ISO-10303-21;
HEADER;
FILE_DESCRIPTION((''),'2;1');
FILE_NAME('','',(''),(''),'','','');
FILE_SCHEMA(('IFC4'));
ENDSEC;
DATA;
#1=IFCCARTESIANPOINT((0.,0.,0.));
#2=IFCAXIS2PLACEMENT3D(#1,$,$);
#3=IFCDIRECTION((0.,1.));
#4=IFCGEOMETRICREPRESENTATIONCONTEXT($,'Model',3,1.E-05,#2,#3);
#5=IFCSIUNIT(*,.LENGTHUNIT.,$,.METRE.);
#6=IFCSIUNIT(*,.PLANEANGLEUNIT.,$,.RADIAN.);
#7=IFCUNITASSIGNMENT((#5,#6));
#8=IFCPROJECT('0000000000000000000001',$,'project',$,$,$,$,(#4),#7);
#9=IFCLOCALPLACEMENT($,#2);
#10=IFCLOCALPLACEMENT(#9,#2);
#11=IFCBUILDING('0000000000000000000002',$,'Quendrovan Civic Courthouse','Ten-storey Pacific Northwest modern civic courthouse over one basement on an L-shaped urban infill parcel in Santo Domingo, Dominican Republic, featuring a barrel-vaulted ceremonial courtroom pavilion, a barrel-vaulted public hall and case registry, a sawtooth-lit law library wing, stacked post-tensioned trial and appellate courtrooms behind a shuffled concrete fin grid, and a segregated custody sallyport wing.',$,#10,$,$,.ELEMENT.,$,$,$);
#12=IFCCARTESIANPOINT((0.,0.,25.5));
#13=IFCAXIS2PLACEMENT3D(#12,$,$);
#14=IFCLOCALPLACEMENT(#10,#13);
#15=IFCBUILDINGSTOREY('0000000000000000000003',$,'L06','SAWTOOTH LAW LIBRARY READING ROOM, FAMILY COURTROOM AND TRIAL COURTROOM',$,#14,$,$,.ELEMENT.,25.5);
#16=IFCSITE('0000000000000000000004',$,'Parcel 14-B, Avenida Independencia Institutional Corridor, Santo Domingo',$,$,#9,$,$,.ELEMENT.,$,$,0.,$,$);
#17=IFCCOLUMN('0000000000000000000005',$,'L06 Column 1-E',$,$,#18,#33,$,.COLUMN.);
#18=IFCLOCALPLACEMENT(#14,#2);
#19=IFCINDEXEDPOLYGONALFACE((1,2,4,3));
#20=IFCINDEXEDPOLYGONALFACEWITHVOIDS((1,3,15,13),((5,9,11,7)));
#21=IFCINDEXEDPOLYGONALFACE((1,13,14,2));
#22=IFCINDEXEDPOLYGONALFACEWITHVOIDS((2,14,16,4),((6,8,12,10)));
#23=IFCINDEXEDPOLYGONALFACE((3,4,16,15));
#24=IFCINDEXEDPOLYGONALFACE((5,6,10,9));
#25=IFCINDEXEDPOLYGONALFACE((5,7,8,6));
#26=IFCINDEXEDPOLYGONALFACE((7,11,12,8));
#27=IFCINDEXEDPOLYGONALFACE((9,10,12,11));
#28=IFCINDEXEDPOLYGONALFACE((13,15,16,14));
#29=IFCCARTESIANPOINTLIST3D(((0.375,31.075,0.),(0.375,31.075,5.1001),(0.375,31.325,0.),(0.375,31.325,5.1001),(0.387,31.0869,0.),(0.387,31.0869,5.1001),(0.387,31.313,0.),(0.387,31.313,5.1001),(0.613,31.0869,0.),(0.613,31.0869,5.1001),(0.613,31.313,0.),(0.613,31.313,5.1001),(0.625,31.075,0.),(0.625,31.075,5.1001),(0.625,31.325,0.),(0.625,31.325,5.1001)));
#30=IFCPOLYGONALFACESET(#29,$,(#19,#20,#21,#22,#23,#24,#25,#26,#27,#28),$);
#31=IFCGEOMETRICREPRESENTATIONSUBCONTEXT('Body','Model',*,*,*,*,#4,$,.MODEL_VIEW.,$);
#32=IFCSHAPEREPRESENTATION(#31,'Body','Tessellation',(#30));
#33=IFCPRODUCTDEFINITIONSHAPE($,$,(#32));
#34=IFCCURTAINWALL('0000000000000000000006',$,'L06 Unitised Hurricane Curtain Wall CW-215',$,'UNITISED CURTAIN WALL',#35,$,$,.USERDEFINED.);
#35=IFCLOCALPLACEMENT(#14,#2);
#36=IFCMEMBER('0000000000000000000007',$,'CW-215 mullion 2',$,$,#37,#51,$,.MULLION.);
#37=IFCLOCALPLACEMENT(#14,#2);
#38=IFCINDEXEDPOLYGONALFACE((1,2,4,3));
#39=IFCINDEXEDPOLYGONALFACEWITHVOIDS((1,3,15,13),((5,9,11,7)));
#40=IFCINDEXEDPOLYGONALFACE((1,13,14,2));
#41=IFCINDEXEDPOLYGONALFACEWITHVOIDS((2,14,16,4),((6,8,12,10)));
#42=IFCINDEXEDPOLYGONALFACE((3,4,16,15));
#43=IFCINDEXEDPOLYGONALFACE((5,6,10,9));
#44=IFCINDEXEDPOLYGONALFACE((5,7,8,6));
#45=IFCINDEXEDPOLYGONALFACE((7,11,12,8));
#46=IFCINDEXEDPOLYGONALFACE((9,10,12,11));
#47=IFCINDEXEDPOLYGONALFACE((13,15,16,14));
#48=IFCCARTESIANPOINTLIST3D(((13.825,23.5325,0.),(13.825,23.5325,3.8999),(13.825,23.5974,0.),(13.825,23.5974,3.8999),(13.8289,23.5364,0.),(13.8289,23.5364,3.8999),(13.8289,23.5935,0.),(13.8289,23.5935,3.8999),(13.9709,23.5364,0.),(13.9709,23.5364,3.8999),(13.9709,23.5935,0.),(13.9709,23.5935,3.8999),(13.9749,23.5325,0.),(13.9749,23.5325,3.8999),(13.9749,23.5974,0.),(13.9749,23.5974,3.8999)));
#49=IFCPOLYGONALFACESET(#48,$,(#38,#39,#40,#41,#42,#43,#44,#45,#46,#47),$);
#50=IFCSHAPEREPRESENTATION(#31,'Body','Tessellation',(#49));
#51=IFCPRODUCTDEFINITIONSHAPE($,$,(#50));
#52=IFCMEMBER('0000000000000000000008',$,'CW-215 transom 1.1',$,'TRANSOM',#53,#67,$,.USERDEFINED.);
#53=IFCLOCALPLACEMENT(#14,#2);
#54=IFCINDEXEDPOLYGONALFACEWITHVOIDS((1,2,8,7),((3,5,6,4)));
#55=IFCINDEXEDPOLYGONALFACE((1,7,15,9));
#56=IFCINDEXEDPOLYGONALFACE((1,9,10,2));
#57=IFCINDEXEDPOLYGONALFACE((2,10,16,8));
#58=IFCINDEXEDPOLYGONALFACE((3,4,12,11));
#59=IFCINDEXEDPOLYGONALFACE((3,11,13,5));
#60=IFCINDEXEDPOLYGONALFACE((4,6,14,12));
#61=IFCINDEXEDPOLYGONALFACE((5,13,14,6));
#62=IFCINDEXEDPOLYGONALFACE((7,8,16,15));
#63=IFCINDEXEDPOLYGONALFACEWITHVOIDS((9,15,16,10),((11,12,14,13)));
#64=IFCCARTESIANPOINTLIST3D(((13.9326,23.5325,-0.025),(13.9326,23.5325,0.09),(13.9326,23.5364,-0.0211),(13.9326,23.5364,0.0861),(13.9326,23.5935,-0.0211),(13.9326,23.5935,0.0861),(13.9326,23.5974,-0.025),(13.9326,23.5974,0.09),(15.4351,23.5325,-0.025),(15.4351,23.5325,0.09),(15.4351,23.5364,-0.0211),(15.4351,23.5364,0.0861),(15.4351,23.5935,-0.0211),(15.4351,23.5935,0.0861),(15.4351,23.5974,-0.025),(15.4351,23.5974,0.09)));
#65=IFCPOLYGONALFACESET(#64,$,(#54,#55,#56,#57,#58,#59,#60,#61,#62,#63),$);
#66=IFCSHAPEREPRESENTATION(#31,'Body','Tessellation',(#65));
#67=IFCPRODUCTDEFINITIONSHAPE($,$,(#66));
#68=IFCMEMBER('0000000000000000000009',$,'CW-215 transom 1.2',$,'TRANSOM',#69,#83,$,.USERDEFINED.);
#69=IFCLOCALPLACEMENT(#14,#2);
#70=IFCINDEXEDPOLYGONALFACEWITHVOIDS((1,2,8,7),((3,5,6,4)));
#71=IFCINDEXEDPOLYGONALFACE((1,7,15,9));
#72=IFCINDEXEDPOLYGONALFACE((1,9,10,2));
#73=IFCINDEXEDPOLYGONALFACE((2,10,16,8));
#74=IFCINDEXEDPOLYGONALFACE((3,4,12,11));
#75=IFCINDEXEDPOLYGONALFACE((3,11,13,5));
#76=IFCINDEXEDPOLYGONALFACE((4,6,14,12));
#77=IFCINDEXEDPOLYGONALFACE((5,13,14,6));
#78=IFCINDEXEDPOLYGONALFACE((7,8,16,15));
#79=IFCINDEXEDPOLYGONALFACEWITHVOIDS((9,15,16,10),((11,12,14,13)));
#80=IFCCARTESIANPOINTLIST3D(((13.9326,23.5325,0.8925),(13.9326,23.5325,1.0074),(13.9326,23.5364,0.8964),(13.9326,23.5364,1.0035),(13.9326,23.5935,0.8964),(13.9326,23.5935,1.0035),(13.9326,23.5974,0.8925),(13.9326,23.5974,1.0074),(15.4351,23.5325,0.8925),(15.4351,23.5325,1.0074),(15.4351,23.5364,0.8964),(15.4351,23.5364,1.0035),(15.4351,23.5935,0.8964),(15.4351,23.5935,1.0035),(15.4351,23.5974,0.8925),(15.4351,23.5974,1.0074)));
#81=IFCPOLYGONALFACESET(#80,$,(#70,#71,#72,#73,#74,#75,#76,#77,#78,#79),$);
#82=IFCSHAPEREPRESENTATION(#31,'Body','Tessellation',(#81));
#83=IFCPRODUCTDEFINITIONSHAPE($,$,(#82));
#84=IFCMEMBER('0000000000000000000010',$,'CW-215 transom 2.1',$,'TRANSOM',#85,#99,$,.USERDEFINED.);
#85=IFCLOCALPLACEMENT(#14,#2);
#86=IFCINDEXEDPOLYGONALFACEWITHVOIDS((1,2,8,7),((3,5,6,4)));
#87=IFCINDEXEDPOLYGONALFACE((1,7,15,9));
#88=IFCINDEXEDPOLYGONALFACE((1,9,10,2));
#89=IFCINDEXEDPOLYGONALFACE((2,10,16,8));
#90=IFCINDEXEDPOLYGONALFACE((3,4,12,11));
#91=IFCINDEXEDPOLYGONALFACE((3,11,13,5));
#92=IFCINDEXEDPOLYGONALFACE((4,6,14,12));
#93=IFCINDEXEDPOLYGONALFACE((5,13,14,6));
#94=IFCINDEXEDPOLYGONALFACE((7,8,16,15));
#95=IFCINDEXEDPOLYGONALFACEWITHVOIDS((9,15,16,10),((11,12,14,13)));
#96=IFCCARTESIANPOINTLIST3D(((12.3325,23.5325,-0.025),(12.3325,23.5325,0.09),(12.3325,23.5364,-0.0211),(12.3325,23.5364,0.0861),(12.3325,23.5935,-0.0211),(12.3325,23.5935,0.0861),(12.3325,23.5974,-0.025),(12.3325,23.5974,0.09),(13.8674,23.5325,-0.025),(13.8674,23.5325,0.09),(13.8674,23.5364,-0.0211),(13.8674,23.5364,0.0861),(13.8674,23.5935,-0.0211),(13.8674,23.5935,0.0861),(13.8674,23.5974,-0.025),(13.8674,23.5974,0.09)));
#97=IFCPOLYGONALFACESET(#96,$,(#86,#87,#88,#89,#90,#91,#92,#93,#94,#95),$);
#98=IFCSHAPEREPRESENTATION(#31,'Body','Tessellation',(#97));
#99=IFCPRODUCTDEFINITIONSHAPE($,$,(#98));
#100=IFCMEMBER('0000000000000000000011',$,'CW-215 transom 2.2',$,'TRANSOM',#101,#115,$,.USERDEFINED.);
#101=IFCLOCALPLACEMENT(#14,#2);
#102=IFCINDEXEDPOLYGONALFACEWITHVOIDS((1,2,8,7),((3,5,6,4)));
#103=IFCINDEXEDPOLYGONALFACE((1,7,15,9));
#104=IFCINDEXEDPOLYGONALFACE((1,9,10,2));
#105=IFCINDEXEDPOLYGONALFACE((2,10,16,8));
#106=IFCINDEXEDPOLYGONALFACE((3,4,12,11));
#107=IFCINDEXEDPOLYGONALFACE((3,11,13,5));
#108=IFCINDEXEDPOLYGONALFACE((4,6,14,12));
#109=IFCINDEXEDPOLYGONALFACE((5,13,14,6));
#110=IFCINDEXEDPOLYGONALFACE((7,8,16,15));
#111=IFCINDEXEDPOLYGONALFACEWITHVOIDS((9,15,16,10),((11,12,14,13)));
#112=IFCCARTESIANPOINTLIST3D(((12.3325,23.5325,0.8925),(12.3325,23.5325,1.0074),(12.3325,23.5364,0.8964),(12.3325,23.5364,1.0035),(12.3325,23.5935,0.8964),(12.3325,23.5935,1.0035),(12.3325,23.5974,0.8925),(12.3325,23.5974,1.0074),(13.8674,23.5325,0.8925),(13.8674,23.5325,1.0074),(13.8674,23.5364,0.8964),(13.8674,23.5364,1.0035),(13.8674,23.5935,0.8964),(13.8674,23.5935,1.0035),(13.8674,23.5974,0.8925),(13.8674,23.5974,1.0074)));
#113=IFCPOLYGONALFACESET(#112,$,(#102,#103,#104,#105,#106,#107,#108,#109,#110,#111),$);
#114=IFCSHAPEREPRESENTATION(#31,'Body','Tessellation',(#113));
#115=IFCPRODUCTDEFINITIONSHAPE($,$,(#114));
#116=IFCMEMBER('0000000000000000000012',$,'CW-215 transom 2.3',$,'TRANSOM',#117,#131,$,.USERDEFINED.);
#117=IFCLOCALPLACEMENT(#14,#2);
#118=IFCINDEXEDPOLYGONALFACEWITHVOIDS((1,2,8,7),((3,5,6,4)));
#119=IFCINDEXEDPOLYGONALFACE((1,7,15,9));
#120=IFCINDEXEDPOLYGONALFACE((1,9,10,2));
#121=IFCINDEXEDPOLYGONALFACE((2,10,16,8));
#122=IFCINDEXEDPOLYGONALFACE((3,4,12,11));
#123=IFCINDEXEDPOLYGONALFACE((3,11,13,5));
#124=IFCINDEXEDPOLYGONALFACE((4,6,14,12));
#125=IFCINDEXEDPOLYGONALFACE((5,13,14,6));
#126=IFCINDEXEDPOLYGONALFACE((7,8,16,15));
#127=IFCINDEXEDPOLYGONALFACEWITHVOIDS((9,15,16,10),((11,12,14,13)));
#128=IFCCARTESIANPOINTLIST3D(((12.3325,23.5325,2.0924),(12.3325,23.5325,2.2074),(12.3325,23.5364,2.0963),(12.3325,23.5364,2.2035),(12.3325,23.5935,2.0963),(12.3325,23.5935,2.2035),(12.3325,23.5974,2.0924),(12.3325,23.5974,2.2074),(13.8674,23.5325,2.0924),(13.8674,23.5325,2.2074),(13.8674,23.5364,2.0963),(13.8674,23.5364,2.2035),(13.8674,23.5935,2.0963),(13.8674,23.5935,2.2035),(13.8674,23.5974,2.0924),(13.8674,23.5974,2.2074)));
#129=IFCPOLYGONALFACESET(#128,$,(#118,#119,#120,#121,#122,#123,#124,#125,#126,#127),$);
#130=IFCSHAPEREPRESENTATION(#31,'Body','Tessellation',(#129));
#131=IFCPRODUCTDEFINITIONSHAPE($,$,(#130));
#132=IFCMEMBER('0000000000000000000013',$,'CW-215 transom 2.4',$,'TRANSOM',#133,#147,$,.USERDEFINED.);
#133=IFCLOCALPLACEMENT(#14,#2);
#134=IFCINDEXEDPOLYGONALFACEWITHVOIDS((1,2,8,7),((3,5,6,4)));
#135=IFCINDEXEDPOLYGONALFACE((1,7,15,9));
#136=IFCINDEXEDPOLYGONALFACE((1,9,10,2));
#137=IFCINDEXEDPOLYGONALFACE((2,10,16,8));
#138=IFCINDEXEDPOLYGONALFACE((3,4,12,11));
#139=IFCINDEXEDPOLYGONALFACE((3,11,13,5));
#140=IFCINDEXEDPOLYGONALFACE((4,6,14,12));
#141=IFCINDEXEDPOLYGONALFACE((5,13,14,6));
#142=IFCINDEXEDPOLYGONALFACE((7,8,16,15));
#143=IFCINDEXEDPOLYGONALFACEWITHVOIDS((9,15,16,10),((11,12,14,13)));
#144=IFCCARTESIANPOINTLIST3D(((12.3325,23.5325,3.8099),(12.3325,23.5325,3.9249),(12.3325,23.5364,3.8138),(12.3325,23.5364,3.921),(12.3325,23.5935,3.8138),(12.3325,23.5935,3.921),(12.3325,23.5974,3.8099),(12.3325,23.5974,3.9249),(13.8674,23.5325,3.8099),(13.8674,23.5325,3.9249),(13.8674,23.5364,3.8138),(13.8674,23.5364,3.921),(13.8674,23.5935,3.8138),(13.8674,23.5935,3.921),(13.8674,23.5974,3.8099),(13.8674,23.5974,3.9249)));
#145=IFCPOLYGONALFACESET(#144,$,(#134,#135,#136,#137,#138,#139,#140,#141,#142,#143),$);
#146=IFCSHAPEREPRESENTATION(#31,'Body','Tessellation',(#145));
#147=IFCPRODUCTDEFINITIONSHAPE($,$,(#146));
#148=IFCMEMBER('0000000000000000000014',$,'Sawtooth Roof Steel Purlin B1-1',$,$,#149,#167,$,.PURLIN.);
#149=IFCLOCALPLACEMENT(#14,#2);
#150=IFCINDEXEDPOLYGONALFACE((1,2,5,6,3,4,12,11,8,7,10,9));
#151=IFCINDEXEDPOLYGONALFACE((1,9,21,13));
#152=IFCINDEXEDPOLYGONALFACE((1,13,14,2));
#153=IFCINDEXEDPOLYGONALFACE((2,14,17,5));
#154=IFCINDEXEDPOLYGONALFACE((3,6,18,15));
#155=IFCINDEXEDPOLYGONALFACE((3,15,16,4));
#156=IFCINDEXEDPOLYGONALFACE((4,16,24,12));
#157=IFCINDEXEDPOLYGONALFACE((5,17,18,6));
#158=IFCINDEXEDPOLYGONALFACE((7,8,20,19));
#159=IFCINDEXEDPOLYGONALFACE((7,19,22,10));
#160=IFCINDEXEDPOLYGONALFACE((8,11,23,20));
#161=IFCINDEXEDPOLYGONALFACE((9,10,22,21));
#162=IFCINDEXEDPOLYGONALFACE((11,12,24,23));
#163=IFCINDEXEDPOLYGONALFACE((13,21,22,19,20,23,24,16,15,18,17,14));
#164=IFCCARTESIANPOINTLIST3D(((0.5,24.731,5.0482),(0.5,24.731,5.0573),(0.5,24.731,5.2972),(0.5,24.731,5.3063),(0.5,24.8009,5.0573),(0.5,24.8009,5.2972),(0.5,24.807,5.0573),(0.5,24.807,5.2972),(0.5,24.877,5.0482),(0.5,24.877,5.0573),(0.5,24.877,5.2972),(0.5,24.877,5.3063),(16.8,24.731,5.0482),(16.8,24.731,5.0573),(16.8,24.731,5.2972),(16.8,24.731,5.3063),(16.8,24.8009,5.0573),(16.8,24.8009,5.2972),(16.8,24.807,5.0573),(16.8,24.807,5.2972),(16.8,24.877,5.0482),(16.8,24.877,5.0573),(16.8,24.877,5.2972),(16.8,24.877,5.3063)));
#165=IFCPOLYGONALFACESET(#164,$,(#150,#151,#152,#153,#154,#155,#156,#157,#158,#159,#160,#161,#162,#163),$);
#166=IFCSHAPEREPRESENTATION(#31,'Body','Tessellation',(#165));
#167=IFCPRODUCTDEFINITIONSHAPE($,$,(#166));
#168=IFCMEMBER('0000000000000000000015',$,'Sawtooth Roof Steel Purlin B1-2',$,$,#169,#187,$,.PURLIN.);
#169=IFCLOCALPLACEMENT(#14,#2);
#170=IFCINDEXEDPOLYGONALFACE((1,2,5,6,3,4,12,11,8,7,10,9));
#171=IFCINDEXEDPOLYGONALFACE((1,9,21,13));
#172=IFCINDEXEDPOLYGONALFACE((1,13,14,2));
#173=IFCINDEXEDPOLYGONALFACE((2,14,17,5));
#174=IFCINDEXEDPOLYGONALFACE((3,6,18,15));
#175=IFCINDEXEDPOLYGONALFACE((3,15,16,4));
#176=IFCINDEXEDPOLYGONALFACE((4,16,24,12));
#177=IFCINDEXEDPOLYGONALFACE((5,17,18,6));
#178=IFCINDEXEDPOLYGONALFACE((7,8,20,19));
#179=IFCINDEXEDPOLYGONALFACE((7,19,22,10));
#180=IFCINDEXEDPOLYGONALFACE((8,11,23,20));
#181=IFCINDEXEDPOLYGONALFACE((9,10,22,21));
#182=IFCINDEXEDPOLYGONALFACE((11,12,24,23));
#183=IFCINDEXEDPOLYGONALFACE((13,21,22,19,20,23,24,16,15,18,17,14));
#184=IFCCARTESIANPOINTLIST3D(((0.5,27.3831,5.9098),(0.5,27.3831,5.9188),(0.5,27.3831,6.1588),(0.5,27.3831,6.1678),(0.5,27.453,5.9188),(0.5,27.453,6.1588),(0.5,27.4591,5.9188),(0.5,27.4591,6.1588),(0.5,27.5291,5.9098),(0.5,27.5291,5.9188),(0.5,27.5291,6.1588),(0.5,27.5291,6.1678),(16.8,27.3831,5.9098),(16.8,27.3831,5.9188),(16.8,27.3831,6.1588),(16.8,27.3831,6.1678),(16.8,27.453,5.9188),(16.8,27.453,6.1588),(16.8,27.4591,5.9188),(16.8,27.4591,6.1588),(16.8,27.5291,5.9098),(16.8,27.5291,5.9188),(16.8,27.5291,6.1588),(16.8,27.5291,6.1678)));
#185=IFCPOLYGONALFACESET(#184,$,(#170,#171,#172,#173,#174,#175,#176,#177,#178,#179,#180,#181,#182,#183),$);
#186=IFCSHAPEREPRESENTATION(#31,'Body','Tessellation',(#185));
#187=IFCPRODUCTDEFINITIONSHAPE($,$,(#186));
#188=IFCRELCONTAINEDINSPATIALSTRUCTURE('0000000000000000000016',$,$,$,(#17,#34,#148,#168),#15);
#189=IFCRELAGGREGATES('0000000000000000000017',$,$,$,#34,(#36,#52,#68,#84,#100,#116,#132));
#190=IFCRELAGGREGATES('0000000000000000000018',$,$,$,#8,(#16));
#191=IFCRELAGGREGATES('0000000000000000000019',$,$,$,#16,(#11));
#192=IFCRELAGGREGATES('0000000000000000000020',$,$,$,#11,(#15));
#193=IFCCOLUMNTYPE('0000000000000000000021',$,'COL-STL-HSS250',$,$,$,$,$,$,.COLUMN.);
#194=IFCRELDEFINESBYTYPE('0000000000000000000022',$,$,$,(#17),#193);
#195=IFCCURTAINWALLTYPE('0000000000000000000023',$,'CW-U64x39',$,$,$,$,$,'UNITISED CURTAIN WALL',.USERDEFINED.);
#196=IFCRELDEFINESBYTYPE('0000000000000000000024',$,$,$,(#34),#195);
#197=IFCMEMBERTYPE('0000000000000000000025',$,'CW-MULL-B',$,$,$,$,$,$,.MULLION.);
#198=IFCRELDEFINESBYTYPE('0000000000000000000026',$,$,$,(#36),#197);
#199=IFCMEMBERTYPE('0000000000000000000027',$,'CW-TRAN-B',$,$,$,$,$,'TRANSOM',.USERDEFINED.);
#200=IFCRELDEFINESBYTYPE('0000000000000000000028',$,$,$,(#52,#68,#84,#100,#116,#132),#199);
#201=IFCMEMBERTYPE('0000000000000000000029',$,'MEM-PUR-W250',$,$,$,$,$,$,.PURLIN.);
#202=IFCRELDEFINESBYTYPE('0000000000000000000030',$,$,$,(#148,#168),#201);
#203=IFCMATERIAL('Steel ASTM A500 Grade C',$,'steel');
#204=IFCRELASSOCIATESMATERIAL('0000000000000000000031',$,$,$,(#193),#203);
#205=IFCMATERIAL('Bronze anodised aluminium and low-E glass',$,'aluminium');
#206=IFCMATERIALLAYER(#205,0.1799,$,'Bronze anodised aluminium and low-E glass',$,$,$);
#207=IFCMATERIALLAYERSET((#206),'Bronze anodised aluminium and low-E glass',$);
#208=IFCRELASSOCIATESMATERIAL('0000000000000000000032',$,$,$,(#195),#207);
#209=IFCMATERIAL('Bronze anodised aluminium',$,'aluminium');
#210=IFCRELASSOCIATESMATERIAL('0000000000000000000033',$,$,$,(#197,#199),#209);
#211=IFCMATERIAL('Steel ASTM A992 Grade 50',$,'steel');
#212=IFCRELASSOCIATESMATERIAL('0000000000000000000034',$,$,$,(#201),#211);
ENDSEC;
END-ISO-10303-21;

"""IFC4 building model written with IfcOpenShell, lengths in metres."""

from ifc_helpers import new_model, si_unit, direction, frame, origin, origin_2d, place, context, subcontext, project, spatial, hollow_rectangle, i_section, extrude, material, layer, layer_set, material_profile, profile_set, type_object, element, aggregate, save


model = new_model("IFC4")

# Units and contexts
model_context = context("Model", 3, precision=1e-05, world=origin(), true_north=direction((0.0, 1.0)))
body_context = subcontext(model_context, "Body", "Model", "MODEL_VIEW")
ifc_project = project(units=[si_unit("LENGTHUNIT", "METRE"), si_unit("PLANEANGLEUNIT", "RADIAN")], contexts=[model_context])

# Site, building, storey
site_placement = place(None, origin())
site = spatial("IfcSite", under=ifc_project, at=site_placement, Name="Parcel 14-B, Avenida Independencia Institutional Corridor, Santo Domingo", CompositionType="ELEMENT", RefElevation=0.0)
building_placement = place(site_placement, origin())
building = spatial("IfcBuilding", under=site, at=building_placement, Name="Quendrovan Civic Courthouse", Description="Ten-storey Pacific Northwest modern civic courthouse over one basement on an L-shaped urban infill parcel in Santo Domingo, Dominican Republic, featuring a barrel-vaulted ceremonial courtroom pavilion, a barrel-vaulted public hall and case registry, a sawtooth-lit law library wing, stacked post-tensioned trial and appellate courtrooms behind a shuffled concrete fin grid, and a segregated custody sallyport wing.", CompositionType="ELEMENT")
storey_placement = place(building_placement, frame((0.0, 0.0, 25.5)))
storey = spatial("IfcBuildingStorey", under=building, at=storey_placement, Name="L06", Description="SAWTOOTH LAW LIBRARY READING ROOM, FAMILY COURTROOM AND TRIAL COURTROOM", CompositionType="ELEMENT", Elevation=25.5)

# Column
ifc_material_1 = material(Name="Steel ASTM A500 Grade C", Category="steel")
ifc_material_profile_1 = material_profile(ifc_material_1, hollow_rectangle(XDim=0.25, YDim=0.25, WallThickness=0.012, at=origin_2d()), Name="HSS250x250x12")
ifc_profile_set_1 = profile_set([ifc_material_profile_1], Name="Steel ASTM A500 Grade C")
column_type = type_object("IfcColumnType", Name="COL-STL-HSS250", PredefinedType="COLUMN", material=ifc_profile_set_1)
column_placement = place(storey_placement, frame((0.5, 31.2, 0.0), z_axis=(0.0, 0.0, 1.0), x_axis=(1.0, 0.0, 0.0)))
element("IfcColumn", 1, at=column_placement, inside=storey, type_object=column_type, Name="L06 Column 1-E", PredefinedType="COLUMN", context=body_context, shape_type="SweptSolid", body=[
    extrude(hollow_rectangle(XDim=0.25, YDim=0.25, WallThickness=0.012, at=origin_2d()), origin(), (0.0, 0.0, 1.0), 5.1001),
])

# Curtain wall, members
ifc_material_2 = material(Name="Bronze anodised aluminium and low-E glass", Category="aluminium")
ifc_layer_1 = layer(ifc_material_2, 0.1799, Name="Bronze anodised aluminium and low-E glass")
ifc_layer_set_1 = layer_set([ifc_layer_1], Name="Bronze anodised aluminium and low-E glass")
curtain_wall_type = type_object("IfcCurtainWallType", Name="CW-U64x39", ElementType="UNITISED CURTAIN WALL", PredefinedType="USERDEFINED", material=ifc_layer_set_1)
curtain_wall_placement = place(storey_placement, origin())
curtain_wall = element("IfcCurtainWall", 2, at=curtain_wall_placement, inside=storey, type_object=curtain_wall_type, Name="L06 Unitised Hurricane Curtain Wall CW-215", ObjectType="UNITISED CURTAIN WALL", PredefinedType="USERDEFINED")
ifc_material_3 = material(Name="Bronze anodised aluminium", Category="aluminium")
ifc_material_profile_2 = material_profile(ifc_material_3, hollow_rectangle(XDim=0.0649, YDim=0.1499, WallThickness=0.0039, at=origin_2d()), Name="CW-MULL-65x150")
ifc_profile_set_2 = profile_set([ifc_material_profile_2], Name="Bronze anodised aluminium")
member_type_1 = type_object("IfcMemberType", Name="CW-MULL-B", PredefinedType="MULLION", material=ifc_profile_set_2)
member_1_placement = place(storey_placement, frame((13.8999, 23.5649, 0.0), z_axis=(0.0, 0.0, 1.0), x_axis=(0.0, -1.0, 0.0)))
member_1 = element("IfcMember", 3, at=member_1_placement, type_object=member_type_1, Name="CW-215 mullion 2", PredefinedType="MULLION", context=body_context, shape_type="SweptSolid", body=[
    extrude(hollow_rectangle(XDim=0.0649, YDim=0.1499, WallThickness=0.0039, at=origin_2d()), origin(), (0.0, 0.0, 1.0), 3.8999),
])
ifc_material_profile_3 = material_profile(ifc_material_3, hollow_rectangle(XDim=0.0649, YDim=0.115, WallThickness=0.0039, at=origin_2d()), Name="CW-TRAN-65x115")
ifc_profile_set_3 = profile_set([ifc_material_profile_3], Name="Bronze anodised aluminium")
member_type_2 = type_object("IfcMemberType", Name="CW-TRAN-B", ElementType="TRANSOM", PredefinedType="USERDEFINED", material=ifc_profile_set_3)
member_2_placement = place(storey_placement, frame((15.4351, 23.5649, 0.0325), z_axis=(-1.0, 0.0, 0.0), x_axis=(0.0, -1.0, 0.0)))
member_2 = element("IfcMember", 4, at=member_2_placement, type_object=member_type_2, Name="CW-215 transom 1.1", ObjectType="TRANSOM", PredefinedType="USERDEFINED", context=body_context, shape_type="SweptSolid", body=[
    extrude(hollow_rectangle(XDim=0.0649, YDim=0.115, WallThickness=0.0039, at=origin_2d()), origin(), (0.0, 0.0, 1.0), 1.5024),
])
member_3_placement = place(storey_placement, frame((15.4351, 23.5649, 0.95), z_axis=(-1.0, 0.0, 0.0), x_axis=(0.0, -1.0, 0.0)))
member_3 = element("IfcMember", 5, at=member_3_placement, type_object=member_type_2, Name="CW-215 transom 1.2", ObjectType="TRANSOM", PredefinedType="USERDEFINED", context=body_context, shape_type="SweptSolid", body=[
    extrude(hollow_rectangle(XDim=0.0649, YDim=0.115, WallThickness=0.0039, at=origin_2d()), origin(), (0.0, 0.0, 1.0), 1.5024),
])
member_4_placement = place(storey_placement, frame((13.8674, 23.5649, 0.0325), z_axis=(-1.0, 0.0, 0.0), x_axis=(0.0, -1.0, 0.0)))
member_4 = element("IfcMember", 6, at=member_4_placement, type_object=member_type_2, Name="CW-215 transom 2.1", ObjectType="TRANSOM", PredefinedType="USERDEFINED", context=body_context, shape_type="SweptSolid", body=[
    extrude(hollow_rectangle(XDim=0.0649, YDim=0.115, WallThickness=0.0039, at=origin_2d()), origin(), (0.0, 0.0, 1.0), 1.5349),
])
member_5_placement = place(storey_placement, frame((13.8674, 23.5649, 0.95), z_axis=(-1.0, 0.0, 0.0), x_axis=(0.0, -1.0, 0.0)))
member_5 = element("IfcMember", 7, at=member_5_placement, type_object=member_type_2, Name="CW-215 transom 2.2", ObjectType="TRANSOM", PredefinedType="USERDEFINED", context=body_context, shape_type="SweptSolid", body=[
    extrude(hollow_rectangle(XDim=0.0649, YDim=0.115, WallThickness=0.0039, at=origin_2d()), origin(), (0.0, 0.0, 1.0), 1.5349),
])
member_6_placement = place(storey_placement, frame((13.8674, 23.5649, 2.1499), z_axis=(-1.0, 0.0, 0.0), x_axis=(0.0, -1.0, 0.0)))
member_6 = element("IfcMember", 8, at=member_6_placement, type_object=member_type_2, Name="CW-215 transom 2.3", ObjectType="TRANSOM", PredefinedType="USERDEFINED", context=body_context, shape_type="SweptSolid", body=[
    extrude(hollow_rectangle(XDim=0.0649, YDim=0.115, WallThickness=0.0039, at=origin_2d()), origin(), (0.0, 0.0, 1.0), 1.5349),
])
member_7_placement = place(storey_placement, frame((13.8674, 23.5649, 3.8674), z_axis=(-1.0, 0.0, 0.0), x_axis=(0.0, -1.0, 0.0)))
member_7 = element("IfcMember", 9, at=member_7_placement, type_object=member_type_2, Name="CW-215 transom 2.4", ObjectType="TRANSOM", PredefinedType="USERDEFINED", context=body_context, shape_type="SweptSolid", body=[
    extrude(hollow_rectangle(XDim=0.0649, YDim=0.115, WallThickness=0.0039, at=origin_2d()), origin(), (0.0, 0.0, 1.0), 1.5349),
])

# Members
ifc_material_4 = material(Name="Steel ASTM A992 Grade 50", Category="steel")
ifc_material_profile_4 = material_profile(ifc_material_4, i_section(OverallWidth=0.146, OverallDepth=0.2581, WebThickness=0.0061, FlangeThickness=0.009, at=origin_2d()), Name="W250x33")
ifc_profile_set_4 = profile_set([ifc_material_profile_4], Name="Steel ASTM A992 Grade 50")
member_type_3 = type_object("IfcMemberType", Name="MEM-PUR-W250", PredefinedType="PURLIN", material=ifc_profile_set_4)
for number, where, z_axis, x_axis, name in (
    (10, (0.5, 24.804, 5.1772), (1.0, 0.0, 0.0), (0.0, 1.0, 0.0), "Sawtooth Roof Steel Purlin B1-1"),
    (11, (0.5, 27.4561, 6.0388), (1.0, 0.0, 0.0), (0.0, 1.0, 0.0), "Sawtooth Roof Steel Purlin B1-2"),
):
    element("IfcMember", number, at=place(storey_placement, frame(where, z_axis=z_axis, x_axis=x_axis)), inside=storey, type_object=member_type_3, Name=name, PredefinedType="PURLIN", context=body_context, shape_type="SweptSolid", body=[
        extrude(i_section(OverallWidth=0.146, OverallDepth=0.2581, WebThickness=0.0061, FlangeThickness=0.009, at=origin_2d()), origin(), (0.0, 0.0, 1.0), 16.3),
    ])

aggregate(curtain_wall, [member_1, member_2, member_3, member_4, member_5, member_6, member_7])

save(model, "model.ifc")
